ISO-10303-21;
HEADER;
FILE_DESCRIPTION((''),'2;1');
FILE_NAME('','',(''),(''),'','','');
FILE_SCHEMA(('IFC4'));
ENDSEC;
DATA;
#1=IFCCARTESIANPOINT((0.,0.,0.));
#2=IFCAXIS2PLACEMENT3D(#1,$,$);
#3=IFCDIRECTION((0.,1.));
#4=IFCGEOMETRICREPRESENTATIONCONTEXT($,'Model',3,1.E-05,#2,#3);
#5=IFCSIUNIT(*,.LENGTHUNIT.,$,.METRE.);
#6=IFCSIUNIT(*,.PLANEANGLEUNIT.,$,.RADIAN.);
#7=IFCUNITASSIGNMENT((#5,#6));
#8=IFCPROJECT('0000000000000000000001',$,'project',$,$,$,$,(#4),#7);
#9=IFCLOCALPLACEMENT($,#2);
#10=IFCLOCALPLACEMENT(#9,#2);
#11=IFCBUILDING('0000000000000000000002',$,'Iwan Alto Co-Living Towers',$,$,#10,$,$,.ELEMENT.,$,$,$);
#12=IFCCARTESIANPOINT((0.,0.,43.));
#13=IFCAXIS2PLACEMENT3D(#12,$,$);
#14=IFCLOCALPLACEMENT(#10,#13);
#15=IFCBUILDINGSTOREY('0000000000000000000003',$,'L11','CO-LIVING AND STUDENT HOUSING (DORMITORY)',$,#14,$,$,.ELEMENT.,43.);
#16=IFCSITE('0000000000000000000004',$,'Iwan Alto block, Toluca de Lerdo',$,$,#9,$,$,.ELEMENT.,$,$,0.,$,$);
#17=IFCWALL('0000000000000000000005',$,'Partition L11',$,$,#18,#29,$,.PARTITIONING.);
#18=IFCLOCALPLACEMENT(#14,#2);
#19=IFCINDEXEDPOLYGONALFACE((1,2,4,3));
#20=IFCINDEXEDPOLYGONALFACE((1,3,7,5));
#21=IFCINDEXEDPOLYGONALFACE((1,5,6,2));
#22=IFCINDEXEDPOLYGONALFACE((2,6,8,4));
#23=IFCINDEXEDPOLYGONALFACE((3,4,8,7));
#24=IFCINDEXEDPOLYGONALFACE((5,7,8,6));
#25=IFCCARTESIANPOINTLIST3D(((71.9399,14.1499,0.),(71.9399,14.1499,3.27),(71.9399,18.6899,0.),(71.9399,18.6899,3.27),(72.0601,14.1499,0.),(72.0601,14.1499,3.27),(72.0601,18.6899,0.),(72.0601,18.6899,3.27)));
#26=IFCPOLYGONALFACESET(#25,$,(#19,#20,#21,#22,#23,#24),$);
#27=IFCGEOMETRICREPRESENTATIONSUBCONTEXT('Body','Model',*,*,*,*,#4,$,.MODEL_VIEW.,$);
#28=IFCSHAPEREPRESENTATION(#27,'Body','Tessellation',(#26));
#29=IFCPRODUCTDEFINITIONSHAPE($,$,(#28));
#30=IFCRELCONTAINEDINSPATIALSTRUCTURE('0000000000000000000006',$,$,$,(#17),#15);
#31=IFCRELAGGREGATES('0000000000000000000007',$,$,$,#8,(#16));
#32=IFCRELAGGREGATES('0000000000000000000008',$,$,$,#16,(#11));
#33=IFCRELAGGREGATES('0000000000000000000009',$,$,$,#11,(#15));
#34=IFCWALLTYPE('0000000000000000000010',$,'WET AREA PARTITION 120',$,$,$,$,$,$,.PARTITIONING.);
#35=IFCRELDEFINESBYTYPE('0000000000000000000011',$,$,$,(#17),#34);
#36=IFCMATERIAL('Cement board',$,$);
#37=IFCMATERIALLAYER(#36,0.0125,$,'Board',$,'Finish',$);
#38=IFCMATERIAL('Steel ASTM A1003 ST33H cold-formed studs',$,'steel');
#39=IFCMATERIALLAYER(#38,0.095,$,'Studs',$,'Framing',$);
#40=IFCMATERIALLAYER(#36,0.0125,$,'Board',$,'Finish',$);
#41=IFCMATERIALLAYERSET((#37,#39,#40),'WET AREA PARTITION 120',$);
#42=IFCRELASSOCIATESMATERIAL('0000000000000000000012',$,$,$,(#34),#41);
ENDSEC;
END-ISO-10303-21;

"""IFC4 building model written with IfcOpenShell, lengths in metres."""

from ifc_helpers import new_model, si_unit, direction, frame, frame_2d, origin, place, context, subcontext, project, spatial, rectangle, extrude, material, layer, layer_set, type_object, element, save


model = new_model("IFC4")

# Units and contexts
model_context = context("Model", 3, precision=1e-05, world=origin(), true_north=direction((0.0, 1.0)))
body_context = subcontext(model_context, "Body", "Model", "MODEL_VIEW")
ifc_project = project(units=[si_unit("LENGTHUNIT", "METRE"), si_unit("PLANEANGLEUNIT", "RADIAN")], contexts=[model_context])

# Site, building, storey
site_placement = place(None, origin())
site = spatial("IfcSite", under=ifc_project, at=site_placement, Name="Iwan Alto block, Toluca de Lerdo", CompositionType="ELEMENT", RefElevation=0.0)
building_placement = place(site_placement, origin())
building = spatial("IfcBuilding", under=site, at=building_placement, Name="Iwan Alto Co-Living Towers", CompositionType="ELEMENT")
storey_placement = place(building_placement, frame((0.0, 0.0, 43.0)))
storey = spatial("IfcBuildingStorey", under=building, at=storey_placement, Name="L11", Description="CO-LIVING AND STUDENT HOUSING (DORMITORY)", CompositionType="ELEMENT", Elevation=43.0)

# Wall
ifc_material_1 = material(Name="Cement board")
ifc_layer_1 = layer(ifc_material_1, 0.0125, Name="Board", Category="Finish")
ifc_material_2 = material(Name="Steel ASTM A1003 ST33H cold-formed studs", Category="steel")
ifc_layer_2 = layer(ifc_material_2, 0.095, Name="Studs", Category="Framing")
ifc_layer_3 = layer(ifc_material_1, 0.0125, Name="Board", Category="Finish")
ifc_layer_set_1 = layer_set([ifc_layer_1, ifc_layer_2, ifc_layer_3], Name="WET AREA PARTITION 120")
wall_type = type_object("IfcWallType", Name="WET AREA PARTITION 120", PredefinedType="PARTITIONING", material=ifc_layer_set_1)
wall_placement = place(storey_placement, frame((72.0, 14.1499, 0.0), z_axis=(0.0, 0.0, 1.0), x_axis=(0.0, 1.0, 0.0)))
element("IfcWall", 1, at=wall_placement, inside=storey, type_object=wall_type, Name="Partition L11", PredefinedType="PARTITIONING", context=body_context, shape_type="SweptSolid", body=[
    extrude(rectangle(XDim=4.54, YDim=0.1201, at=frame_2d((2.27, 0.0))), origin(), (0.0, 0.0, 1.0), 3.27),
])

save(model, "model.ifc")
